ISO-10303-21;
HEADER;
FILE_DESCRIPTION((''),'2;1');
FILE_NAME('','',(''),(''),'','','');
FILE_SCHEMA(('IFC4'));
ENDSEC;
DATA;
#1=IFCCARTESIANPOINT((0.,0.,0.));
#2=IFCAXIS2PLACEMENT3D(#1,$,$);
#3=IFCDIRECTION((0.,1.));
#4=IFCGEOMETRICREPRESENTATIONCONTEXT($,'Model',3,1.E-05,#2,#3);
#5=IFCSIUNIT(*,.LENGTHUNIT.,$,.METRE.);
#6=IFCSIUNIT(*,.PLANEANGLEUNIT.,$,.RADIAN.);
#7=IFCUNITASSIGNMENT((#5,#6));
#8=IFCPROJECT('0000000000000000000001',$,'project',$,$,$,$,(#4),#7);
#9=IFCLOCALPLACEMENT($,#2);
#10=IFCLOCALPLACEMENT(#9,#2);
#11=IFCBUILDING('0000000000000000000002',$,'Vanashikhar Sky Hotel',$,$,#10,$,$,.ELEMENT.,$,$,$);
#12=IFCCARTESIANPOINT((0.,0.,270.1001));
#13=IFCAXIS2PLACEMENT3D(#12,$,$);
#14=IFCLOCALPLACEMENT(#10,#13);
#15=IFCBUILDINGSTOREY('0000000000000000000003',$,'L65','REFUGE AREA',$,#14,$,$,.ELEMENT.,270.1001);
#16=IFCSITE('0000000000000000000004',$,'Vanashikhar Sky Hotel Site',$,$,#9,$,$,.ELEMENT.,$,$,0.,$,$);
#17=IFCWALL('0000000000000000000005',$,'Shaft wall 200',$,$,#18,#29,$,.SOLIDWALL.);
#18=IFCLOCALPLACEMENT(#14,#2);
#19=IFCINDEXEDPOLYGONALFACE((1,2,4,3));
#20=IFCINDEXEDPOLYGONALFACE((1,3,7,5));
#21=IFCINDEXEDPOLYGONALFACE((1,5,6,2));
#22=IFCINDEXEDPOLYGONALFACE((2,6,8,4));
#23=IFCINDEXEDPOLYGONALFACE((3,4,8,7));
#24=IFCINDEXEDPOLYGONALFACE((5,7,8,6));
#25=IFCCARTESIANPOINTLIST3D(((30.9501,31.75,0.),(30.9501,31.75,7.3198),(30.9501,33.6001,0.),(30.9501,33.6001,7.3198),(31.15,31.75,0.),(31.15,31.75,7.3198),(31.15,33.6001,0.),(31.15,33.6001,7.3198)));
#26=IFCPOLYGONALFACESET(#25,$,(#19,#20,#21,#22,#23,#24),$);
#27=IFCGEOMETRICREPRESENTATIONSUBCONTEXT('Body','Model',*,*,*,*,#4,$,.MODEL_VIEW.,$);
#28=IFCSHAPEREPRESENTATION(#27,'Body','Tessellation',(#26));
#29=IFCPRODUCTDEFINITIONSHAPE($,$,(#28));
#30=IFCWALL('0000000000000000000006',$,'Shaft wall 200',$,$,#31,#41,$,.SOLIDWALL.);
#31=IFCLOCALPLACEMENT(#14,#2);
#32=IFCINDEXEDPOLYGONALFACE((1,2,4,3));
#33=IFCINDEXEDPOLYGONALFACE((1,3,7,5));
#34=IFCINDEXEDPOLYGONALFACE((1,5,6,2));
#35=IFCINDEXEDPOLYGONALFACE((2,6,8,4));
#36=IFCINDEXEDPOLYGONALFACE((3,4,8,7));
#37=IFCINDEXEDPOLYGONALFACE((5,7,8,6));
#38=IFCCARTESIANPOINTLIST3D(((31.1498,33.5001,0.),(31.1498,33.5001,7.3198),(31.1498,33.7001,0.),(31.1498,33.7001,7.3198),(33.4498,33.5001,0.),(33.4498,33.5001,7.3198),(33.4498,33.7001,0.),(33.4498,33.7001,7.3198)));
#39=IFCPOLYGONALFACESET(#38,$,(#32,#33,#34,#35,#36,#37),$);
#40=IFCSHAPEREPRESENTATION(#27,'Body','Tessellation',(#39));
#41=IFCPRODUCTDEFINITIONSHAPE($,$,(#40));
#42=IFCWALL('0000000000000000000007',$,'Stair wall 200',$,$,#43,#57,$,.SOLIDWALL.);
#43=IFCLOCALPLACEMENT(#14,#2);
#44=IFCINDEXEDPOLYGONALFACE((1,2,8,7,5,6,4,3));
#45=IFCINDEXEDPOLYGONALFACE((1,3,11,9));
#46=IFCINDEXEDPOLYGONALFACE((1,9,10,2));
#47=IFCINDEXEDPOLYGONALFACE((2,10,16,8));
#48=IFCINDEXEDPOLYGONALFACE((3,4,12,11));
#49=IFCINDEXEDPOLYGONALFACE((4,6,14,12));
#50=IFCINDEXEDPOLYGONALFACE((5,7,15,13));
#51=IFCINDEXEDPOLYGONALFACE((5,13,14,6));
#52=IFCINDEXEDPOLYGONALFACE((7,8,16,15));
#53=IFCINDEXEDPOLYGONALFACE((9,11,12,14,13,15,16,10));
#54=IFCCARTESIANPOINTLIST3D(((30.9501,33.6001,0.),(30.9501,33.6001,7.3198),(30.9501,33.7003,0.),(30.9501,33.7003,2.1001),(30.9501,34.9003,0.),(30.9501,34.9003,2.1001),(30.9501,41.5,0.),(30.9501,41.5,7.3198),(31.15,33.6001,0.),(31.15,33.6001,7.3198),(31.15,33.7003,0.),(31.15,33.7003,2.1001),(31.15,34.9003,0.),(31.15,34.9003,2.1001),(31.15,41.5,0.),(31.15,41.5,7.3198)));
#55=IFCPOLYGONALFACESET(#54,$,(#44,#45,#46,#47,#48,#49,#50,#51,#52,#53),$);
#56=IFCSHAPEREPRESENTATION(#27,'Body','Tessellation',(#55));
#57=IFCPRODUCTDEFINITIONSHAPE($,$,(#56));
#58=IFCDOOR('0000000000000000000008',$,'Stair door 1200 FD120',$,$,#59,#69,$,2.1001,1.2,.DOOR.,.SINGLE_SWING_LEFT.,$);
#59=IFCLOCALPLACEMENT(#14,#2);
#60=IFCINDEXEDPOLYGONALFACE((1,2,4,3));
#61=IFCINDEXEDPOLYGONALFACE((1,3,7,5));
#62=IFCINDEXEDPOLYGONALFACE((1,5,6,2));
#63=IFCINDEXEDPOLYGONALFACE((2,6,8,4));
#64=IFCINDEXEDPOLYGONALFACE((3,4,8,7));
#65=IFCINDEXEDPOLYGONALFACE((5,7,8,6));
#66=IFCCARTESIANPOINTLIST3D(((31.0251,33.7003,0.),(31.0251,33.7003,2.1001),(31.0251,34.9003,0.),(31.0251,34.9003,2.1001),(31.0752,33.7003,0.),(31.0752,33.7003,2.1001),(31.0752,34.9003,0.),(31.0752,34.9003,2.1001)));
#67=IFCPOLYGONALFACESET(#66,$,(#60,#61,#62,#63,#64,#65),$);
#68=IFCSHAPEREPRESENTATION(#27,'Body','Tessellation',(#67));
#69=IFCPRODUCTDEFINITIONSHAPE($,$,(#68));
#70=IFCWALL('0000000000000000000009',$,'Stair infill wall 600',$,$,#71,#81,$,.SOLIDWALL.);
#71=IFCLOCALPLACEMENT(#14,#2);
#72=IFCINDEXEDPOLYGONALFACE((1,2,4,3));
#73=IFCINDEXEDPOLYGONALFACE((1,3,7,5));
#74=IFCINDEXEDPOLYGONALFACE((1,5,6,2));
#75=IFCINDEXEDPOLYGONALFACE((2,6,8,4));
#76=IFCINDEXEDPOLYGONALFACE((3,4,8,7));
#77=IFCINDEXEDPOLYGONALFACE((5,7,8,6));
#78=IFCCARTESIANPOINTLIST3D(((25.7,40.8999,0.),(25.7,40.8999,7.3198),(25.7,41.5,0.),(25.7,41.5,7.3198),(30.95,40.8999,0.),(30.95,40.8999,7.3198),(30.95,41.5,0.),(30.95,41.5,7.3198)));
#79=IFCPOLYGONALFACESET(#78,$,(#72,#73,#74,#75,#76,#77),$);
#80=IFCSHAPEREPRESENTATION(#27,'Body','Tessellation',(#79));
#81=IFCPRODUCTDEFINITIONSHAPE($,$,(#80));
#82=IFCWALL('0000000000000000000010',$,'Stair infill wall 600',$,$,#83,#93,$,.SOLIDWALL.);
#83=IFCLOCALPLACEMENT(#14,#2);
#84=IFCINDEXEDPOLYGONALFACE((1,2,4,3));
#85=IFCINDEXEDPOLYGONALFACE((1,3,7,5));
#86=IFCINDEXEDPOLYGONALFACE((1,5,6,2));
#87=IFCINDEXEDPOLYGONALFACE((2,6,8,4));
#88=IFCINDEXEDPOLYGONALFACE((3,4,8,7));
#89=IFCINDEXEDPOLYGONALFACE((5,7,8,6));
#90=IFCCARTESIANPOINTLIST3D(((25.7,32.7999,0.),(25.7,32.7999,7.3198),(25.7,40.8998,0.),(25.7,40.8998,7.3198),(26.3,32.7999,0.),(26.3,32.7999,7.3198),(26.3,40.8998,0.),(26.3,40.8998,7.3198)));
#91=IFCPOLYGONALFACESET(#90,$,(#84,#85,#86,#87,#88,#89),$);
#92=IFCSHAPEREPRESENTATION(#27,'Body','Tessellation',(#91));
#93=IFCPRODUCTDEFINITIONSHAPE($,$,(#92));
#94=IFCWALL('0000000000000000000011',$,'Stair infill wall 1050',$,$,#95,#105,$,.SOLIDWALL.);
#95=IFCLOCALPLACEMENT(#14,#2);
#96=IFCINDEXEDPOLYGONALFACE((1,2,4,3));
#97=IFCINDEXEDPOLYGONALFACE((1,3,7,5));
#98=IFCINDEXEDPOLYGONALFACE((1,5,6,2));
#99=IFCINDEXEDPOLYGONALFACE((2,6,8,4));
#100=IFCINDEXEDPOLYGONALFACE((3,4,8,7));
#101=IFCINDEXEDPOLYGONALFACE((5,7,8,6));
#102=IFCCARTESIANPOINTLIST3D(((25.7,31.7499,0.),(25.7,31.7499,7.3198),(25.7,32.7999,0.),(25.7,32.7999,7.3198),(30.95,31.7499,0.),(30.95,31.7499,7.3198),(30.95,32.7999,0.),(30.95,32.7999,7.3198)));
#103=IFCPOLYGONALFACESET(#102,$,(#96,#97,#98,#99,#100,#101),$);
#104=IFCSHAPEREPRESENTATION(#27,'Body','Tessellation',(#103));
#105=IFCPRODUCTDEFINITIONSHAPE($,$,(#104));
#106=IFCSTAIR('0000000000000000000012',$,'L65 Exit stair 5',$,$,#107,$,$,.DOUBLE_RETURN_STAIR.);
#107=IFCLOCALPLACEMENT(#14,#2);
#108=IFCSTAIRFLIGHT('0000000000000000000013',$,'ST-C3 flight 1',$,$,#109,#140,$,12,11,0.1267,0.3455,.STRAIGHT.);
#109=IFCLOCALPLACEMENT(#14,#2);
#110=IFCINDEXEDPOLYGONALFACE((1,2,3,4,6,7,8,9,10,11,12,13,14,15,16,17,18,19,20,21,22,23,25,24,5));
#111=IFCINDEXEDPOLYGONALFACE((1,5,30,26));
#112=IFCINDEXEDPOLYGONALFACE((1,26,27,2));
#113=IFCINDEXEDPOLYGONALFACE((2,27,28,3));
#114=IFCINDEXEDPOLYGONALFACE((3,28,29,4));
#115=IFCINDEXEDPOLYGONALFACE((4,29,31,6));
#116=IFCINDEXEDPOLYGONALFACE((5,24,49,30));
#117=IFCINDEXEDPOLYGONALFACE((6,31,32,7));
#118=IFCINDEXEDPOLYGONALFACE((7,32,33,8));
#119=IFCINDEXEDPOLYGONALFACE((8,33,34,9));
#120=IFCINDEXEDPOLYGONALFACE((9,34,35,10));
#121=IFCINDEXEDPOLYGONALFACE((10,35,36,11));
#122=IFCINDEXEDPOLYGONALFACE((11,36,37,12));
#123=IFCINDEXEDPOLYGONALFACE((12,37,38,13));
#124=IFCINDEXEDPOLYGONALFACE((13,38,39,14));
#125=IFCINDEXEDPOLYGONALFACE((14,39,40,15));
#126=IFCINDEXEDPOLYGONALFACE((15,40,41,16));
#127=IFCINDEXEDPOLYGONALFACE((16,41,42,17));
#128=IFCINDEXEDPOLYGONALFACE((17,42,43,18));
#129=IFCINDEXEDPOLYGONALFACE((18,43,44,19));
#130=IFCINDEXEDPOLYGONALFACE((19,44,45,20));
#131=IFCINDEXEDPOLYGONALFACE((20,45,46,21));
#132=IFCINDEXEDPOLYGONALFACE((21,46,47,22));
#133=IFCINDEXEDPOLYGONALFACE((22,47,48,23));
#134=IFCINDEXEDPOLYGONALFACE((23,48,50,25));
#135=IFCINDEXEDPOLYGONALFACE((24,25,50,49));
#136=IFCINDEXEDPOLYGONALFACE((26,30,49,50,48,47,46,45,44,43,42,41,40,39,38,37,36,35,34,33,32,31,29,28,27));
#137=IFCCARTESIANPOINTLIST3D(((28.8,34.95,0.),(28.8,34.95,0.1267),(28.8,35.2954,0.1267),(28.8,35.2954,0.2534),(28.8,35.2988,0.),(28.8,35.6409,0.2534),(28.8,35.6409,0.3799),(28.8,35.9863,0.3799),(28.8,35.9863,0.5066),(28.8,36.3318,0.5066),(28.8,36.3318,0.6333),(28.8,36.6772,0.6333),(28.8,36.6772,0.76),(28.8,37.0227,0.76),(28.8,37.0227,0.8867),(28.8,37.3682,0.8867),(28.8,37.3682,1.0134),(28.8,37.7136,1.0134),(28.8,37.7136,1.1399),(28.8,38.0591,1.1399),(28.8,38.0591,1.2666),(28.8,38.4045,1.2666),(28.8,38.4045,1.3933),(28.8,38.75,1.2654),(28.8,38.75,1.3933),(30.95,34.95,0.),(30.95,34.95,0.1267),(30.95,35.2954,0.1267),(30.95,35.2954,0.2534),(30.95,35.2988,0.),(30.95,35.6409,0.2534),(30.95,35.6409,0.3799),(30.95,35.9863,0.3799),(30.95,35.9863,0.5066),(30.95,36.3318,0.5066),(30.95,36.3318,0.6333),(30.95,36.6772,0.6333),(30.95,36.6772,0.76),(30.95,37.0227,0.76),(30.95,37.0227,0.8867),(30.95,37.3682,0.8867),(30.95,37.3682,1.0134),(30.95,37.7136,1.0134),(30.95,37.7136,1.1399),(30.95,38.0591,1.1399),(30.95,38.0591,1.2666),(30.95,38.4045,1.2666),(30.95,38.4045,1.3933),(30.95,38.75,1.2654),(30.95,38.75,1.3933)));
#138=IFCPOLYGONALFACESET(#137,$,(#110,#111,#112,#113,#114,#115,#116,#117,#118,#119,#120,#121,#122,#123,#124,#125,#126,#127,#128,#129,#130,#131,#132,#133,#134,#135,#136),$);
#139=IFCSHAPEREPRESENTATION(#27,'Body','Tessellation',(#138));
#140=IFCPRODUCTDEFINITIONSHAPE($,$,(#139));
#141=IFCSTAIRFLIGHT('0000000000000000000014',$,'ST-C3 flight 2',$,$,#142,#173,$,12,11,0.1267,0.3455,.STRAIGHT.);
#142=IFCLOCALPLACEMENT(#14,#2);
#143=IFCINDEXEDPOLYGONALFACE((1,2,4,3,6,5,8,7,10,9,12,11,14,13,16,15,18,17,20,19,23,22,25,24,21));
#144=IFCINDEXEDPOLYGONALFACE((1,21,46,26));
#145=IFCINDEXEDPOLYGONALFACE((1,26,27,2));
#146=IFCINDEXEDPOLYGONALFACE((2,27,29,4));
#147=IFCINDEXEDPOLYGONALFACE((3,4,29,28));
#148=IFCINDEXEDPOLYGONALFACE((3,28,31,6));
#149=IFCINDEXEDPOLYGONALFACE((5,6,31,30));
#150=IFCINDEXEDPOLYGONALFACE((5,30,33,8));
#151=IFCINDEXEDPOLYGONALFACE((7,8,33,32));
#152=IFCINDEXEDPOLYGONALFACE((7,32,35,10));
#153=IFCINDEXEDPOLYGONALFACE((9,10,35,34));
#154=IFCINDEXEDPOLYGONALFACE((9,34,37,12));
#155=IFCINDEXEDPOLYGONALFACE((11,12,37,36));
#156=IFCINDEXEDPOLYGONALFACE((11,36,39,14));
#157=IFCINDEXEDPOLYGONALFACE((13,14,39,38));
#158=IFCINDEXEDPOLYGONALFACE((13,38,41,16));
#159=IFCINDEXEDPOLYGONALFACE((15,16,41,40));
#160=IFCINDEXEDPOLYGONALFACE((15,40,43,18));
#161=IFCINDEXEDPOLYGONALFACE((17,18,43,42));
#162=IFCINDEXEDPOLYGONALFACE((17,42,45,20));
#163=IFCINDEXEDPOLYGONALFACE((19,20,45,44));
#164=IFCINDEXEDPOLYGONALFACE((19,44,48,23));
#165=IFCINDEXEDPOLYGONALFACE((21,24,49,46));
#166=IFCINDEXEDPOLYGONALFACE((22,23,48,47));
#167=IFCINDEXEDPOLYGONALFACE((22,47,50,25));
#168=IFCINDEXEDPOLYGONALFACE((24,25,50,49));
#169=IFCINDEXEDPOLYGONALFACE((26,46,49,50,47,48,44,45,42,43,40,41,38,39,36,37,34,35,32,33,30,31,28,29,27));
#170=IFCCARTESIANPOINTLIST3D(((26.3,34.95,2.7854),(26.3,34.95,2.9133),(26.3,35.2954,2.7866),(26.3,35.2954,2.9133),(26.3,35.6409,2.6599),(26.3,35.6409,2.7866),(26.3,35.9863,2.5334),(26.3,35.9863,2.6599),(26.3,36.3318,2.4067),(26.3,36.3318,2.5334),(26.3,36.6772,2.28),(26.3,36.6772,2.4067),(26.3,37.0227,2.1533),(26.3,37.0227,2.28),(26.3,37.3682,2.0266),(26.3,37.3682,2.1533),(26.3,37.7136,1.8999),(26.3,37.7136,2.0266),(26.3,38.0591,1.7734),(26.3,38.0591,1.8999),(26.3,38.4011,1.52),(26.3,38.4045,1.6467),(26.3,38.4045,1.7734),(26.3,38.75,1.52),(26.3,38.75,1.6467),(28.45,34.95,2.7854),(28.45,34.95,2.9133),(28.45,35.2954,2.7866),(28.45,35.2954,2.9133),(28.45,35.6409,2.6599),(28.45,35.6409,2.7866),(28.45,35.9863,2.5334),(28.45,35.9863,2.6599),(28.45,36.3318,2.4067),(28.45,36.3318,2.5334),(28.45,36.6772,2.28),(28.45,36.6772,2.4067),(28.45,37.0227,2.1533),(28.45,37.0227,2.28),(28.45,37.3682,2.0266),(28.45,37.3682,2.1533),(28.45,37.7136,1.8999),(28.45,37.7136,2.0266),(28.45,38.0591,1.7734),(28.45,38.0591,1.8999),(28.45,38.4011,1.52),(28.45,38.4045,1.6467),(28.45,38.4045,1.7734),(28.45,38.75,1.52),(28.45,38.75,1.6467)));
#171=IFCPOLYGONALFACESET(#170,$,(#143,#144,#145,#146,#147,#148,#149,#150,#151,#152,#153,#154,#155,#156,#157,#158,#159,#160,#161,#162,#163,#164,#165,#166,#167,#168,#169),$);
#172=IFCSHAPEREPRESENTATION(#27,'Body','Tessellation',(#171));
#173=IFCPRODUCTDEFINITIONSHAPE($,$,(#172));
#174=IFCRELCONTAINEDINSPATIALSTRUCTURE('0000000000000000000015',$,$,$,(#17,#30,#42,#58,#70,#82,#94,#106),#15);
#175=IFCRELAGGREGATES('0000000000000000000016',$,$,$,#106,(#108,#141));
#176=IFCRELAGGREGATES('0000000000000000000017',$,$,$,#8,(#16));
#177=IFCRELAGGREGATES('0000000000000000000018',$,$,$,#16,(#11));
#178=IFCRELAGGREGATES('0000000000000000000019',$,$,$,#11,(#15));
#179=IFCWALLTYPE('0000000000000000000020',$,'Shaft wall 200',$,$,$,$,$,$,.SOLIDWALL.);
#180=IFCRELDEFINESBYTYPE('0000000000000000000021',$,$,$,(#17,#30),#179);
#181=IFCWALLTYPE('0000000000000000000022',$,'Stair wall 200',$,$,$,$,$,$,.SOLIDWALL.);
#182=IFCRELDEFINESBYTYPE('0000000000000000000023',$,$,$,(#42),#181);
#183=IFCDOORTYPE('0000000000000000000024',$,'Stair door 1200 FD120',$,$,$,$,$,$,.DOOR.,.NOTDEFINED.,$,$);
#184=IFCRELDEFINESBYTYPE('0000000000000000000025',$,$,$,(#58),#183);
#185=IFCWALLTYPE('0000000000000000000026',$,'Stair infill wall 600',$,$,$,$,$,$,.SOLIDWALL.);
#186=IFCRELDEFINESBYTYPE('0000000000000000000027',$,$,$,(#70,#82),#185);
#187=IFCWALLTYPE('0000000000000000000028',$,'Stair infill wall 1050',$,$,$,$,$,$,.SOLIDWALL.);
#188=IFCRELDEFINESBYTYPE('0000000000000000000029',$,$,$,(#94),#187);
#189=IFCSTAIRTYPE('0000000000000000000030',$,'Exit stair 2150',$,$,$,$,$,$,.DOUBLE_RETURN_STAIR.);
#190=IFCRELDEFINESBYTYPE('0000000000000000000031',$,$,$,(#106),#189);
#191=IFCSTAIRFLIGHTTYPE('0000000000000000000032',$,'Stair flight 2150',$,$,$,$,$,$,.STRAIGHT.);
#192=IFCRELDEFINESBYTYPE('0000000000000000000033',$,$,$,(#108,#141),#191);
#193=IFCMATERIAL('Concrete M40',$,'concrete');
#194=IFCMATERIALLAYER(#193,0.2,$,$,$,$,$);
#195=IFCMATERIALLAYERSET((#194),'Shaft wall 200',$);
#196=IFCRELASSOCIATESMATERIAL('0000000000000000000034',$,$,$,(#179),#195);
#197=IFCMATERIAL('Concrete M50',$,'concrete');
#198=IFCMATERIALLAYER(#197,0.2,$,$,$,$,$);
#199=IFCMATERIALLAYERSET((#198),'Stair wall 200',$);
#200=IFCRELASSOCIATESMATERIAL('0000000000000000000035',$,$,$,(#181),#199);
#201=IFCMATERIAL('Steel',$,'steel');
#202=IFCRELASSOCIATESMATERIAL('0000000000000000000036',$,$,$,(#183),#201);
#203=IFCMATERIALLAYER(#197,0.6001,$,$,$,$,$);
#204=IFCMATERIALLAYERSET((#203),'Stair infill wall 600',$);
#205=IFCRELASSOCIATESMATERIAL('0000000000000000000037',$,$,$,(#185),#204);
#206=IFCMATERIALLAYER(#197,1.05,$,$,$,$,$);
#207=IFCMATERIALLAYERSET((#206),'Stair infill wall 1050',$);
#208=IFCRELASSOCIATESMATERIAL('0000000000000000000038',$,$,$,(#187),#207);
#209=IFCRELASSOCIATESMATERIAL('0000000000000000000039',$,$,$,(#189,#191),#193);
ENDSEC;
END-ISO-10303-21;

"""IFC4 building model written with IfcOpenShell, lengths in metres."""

from ifc_helpers import new_model, si_unit, direction, frame, frame_2d, origin, place, context, subcontext, project, spatial, polyline, rectangle, outline, extrude, source, transform, mapped, material, layer, layer_set, type_object, element, fill, aggregate, save


model = new_model("IFC4")

# Units and contexts
model_context = context("Model", 3, precision=1e-05, world=origin(), true_north=direction((0.0, 1.0)))
body_context = subcontext(model_context, "Body", "Model", "MODEL_VIEW")
ifc_project = project(units=[si_unit("LENGTHUNIT", "METRE"), si_unit("PLANEANGLEUNIT", "RADIAN")], contexts=[model_context])

# Site, building, storey
site_placement = place(None, origin())
site = spatial("IfcSite", under=ifc_project, at=site_placement, Name="Vanashikhar Sky Hotel Site", CompositionType="ELEMENT", RefElevation=0.0)
building_placement = place(site_placement, origin())
building = spatial("IfcBuilding", under=site, at=building_placement, Name="Vanashikhar Sky Hotel", CompositionType="ELEMENT")
storey_placement = place(building_placement, frame((0.0, 0.0, 270.1001)))
storey = spatial("IfcBuildingStorey", under=building, at=storey_placement, Name="L65", Description="REFUGE AREA", CompositionType="ELEMENT", Elevation=270.1001)

# Shared definitions
ifc_material_1 = material(Name="Steel", Category="steel")

# Walls
ifc_material_2 = material(Name="Concrete M40", Category="concrete")
ifc_layer_1 = layer(ifc_material_2, 0.2)
ifc_layer_set_1 = layer_set([ifc_layer_1], Name="Shaft wall 200")
wall_type_1 = type_object("IfcWallType", Name="Shaft wall 200", PredefinedType="SOLIDWALL", material=ifc_layer_set_1)
shared_shape_1 = source(origin(), body_context, "Body", "SweptSolid", [
    extrude(rectangle(XDim=1.8501, YDim=0.2, at=frame_2d((0.925, 0.0))), origin(), (0.0, 0.0, 1.0), 7.3198),
])
wall_1_placement = place(storey_placement, frame((31.05, 31.75, 0.0), z_axis=(0.0, 0.0, 1.0), x_axis=(0.0, 1.0, 0.0)))
element("IfcWall", 1, at=wall_1_placement, inside=storey, type_object=wall_type_1, Name="Shaft wall 200", PredefinedType="SOLIDWALL", context=body_context, shape_type="MappedRepresentation", body=[
    mapped(shared_shape_1, transform((0.0, 0.0, 0.0), scale=1.0)),
])
shared_shape_2 = source(origin(), body_context, "Body", "SweptSolid", [
    extrude(rectangle(XDim=2.3, YDim=0.2, at=frame_2d((1.1499, 0.0))), origin(), (0.0, 0.0, 1.0), 7.3198),
])
wall_2_placement = place(storey_placement, frame((31.1499, 33.6001, 0.0), z_axis=(0.0, 0.0, 1.0), x_axis=(1.0, 0.0, 0.0)))
element("IfcWall", 2, at=wall_2_placement, inside=storey, type_object=wall_type_1, Name="Shaft wall 200", PredefinedType="SOLIDWALL", context=body_context, shape_type="MappedRepresentation", body=[
    mapped(shared_shape_2, transform((0.0, 0.0, 0.0), scale=1.0)),
])

# Wall, opening, door
ifc_material_3 = material(Name="Concrete M50", Category="concrete")
ifc_layer_2 = layer(ifc_material_3, 0.2)
ifc_layer_set_2 = layer_set([ifc_layer_2], Name="Stair wall 200")
wall_type_2 = type_object("IfcWallType", Name="Stair wall 200", PredefinedType="SOLIDWALL", material=ifc_layer_set_2)
shared_shape_3 = source(origin(), body_context, "Body", "SweptSolid", [
    extrude(rectangle(XDim=7.8999, YDim=0.2, at=frame_2d((3.95, 0.0))), origin(), (0.0, 0.0, 1.0), 7.3198),
])
wall_3_placement = place(storey_placement, frame((31.05, 33.6001, 0.0), z_axis=(0.0, 0.0, 1.0), x_axis=(0.0, 1.0, 0.0)))
wall_3 = element("IfcWall", 3, at=wall_3_placement, inside=storey, type_object=wall_type_2, Name="Stair wall 200", PredefinedType="SOLIDWALL", context=body_context, shape_type="MappedRepresentation", body=[
    mapped(shared_shape_3, transform((0.0, 0.0, 0.0), scale=1.0)),
])
shared_shape_4 = source(origin(), body_context, "Body", "SweptSolid", [
    extrude(rectangle(XDim=1.2, YDim=2.1001, at=frame_2d((0.6001, 1.05))), frame((0.0, 0.1099, 0.0), z_axis=(0.0, -1.0, 0.0), x_axis=(1.0, 0.0, 0.0)), (0.0, 0.0, 1.0), 0.22),
])
opening_1_placement = place(wall_3_placement, frame((0.1001, 0.0, 0.0)))
opening_1 = element("IfcOpeningElement", 4, at=opening_1_placement, cuts=wall_3, PredefinedType="OPENING", context=body_context, shape_type="MappedRepresentation", body=[
    mapped(shared_shape_4, transform((0.0, 0.0, 0.0), scale=1.0)),
])
door_type_1 = type_object("IfcDoorType", Name="Stair door 1200 FD120", OperationType="NOTDEFINED", PredefinedType="DOOR", material=ifc_material_1)
shared_shape_5 = source(origin(), body_context, "Body", "SweptSolid", [
    extrude(rectangle(XDim=1.2, YDim=2.1001, at=frame_2d((0.6001, 1.05))), frame((0.0, 0.0249, 0.0), z_axis=(0.0, -1.0, 0.0), x_axis=(1.0, 0.0, 0.0)), (0.0, 0.0, 1.0), 0.05),
])
door_1_placement = place(opening_1_placement, origin())
door_1 = element("IfcDoor", 5, at=door_1_placement, inside=storey, type_object=door_type_1, Name="Stair door 1200 FD120", OperationType="SINGLE_SWING_LEFT", OverallHeight=2.1001, OverallWidth=1.2, PredefinedType="DOOR", context=body_context, shape_type="MappedRepresentation", body=[
    mapped(shared_shape_5, transform((0.0, 0.0, 0.0), scale=1.0)),
])
fill(opening_1, door_1)

# Walls
ifc_layer_3 = layer(ifc_material_3, 0.6001)
ifc_layer_set_3 = layer_set([ifc_layer_3], Name="Stair infill wall 600")
wall_type_3 = type_object("IfcWallType", Name="Stair infill wall 600", PredefinedType="SOLIDWALL", material=ifc_layer_set_3)
shared_shape_6 = source(origin(), body_context, "Body", "SweptSolid", [
    extrude(rectangle(XDim=5.25, YDim=0.6001, at=frame_2d((2.625, 0.0))), origin(), (0.0, 0.0, 1.0), 7.3198),
])
wall_4_placement = place(storey_placement, frame((25.7, 41.2, 0.0), z_axis=(0.0, 0.0, 1.0), x_axis=(1.0, 0.0, 0.0)))
element("IfcWall", 6, at=wall_4_placement, inside=storey, type_object=wall_type_3, Name="Stair infill wall 600", PredefinedType="SOLIDWALL", context=body_context, shape_type="MappedRepresentation", body=[
    mapped(shared_shape_6, transform((0.0, 0.0, 0.0), scale=1.0)),
])
shared_shape_7 = source(origin(), body_context, "Body", "SweptSolid", [
    extrude(rectangle(XDim=8.0999, YDim=0.6001, at=frame_2d((4.0498, 0.0))), origin(), (0.0, 0.0, 1.0), 7.3198),
])
wall_5_placement = place(storey_placement, frame((26.0, 32.8, 0.0), z_axis=(0.0, 0.0, 1.0), x_axis=(0.0, 1.0, 0.0)))
element("IfcWall", 7, at=wall_5_placement, inside=storey, type_object=wall_type_3, Name="Stair infill wall 600", PredefinedType="SOLIDWALL", context=body_context, shape_type="MappedRepresentation", body=[
    mapped(shared_shape_7, transform((0.0, 0.0, 0.0), scale=1.0)),
])
ifc_layer_4 = layer(ifc_material_3, 1.05)
ifc_layer_set_4 = layer_set([ifc_layer_4], Name="Stair infill wall 1050")
wall_type_4 = type_object("IfcWallType", Name="Stair infill wall 1050", PredefinedType="SOLIDWALL", material=ifc_layer_set_4)
shared_shape_8 = source(origin(), body_context, "Body", "SweptSolid", [
    extrude(rectangle(XDim=5.25, YDim=1.05, at=frame_2d((2.625, 0.0))), origin(), (0.0, 0.0, 1.0), 7.3198),
])
wall_6_placement = place(storey_placement, frame((25.7, 32.2749, 0.0), z_axis=(0.0, 0.0, 1.0), x_axis=(1.0, 0.0, 0.0)))
element("IfcWall", 8, at=wall_6_placement, inside=storey, type_object=wall_type_4, Name="Stair infill wall 1050", PredefinedType="SOLIDWALL", context=body_context, shape_type="MappedRepresentation", body=[
    mapped(shared_shape_8, transform((0.0, 0.0, 0.0), scale=1.0)),
])

# Stair, stair flights
stair_type = type_object("IfcStairType", Name="Exit stair 2150", PredefinedType="DOUBLE_RETURN_STAIR", material=ifc_material_2)
stair_placement = place(storey_placement, origin())
stair = element("IfcStair", 9, at=stair_placement, inside=storey, type_object=stair_type, Name="L65 Exit stair 5", PredefinedType="DOUBLE_RETURN_STAIR")
stair_flight_type = type_object("IfcStairFlightType", Name="Stair flight 2150", PredefinedType="STRAIGHT", material=ifc_material_2)
shared_shape_9 = source(origin(), body_context, "Body", "SweptSolid", [
    extrude(outline(polyline([(0.0, 0.0), (0.0, 0.1267), (0.3455, 0.1267), (0.3455, 0.2534), (0.6909, 0.2534), (0.6909, 0.3799), (1.0364, 0.3799), (1.0364, 0.5066), (1.3818, 0.5066), (1.3818, 0.6333), (1.7273, 0.6333), (1.7273, 0.76), (2.0728, 0.76), (2.0728, 0.8867), (2.4182, 0.8867), (2.4182, 1.0134), (2.7637, 1.0134), (2.7637, 1.1399), (3.1091, 1.1399), (3.1091, 1.2666), (3.4546, 1.2666), (3.4546, 1.3933), (3.8, 1.3933), (3.8, 1.52), (3.8, 1.2654), (0.3489, 0.0), (0.0, 0.0)])), frame((0.0, 1.075, 0.0), z_axis=(0.0, -1.0, 0.0), x_axis=(1.0, 0.0, 0.0)), (0.0, 0.0, 1.0), 2.1499),
])
stair_flight_1_placement = place(storey_placement, frame((29.875, 34.95, 0.0), z_axis=(0.0, 0.0, 1.0), x_axis=(0.0, 1.0, 0.0)))
stair_flight_1 = element("IfcStairFlight", 10, at=stair_flight_1_placement, type_object=stair_flight_type, Name="ST-C3 flight 1", NumberOfRisers=12, NumberOfTreads=11, PredefinedType="STRAIGHT", RiserHeight=0.1267, TreadLength=0.3455, context=body_context, shape_type="MappedRepresentation", body=[
    mapped(shared_shape_9, transform((0.0, 0.0, 0.0), scale=1.0)),
])
stair_flight_2_placement = place(storey_placement, frame((27.375, 38.75, 1.52), z_axis=(0.0, 0.0, 1.0), x_axis=(0.0, -1.0, 0.0)))
stair_flight_2 = element("IfcStairFlight", 11, at=stair_flight_2_placement, type_object=stair_flight_type, Name="ST-C3 flight 2", NumberOfRisers=12, NumberOfTreads=11, PredefinedType="STRAIGHT", RiserHeight=0.1267, TreadLength=0.3455, context=body_context, shape_type="MappedRepresentation", body=[
    mapped(shared_shape_9, transform((0.0, 0.0, 0.0), scale=1.0)),
])
aggregate(stair, [stair_flight_1, stair_flight_2])

save(model, "model.ifc")
